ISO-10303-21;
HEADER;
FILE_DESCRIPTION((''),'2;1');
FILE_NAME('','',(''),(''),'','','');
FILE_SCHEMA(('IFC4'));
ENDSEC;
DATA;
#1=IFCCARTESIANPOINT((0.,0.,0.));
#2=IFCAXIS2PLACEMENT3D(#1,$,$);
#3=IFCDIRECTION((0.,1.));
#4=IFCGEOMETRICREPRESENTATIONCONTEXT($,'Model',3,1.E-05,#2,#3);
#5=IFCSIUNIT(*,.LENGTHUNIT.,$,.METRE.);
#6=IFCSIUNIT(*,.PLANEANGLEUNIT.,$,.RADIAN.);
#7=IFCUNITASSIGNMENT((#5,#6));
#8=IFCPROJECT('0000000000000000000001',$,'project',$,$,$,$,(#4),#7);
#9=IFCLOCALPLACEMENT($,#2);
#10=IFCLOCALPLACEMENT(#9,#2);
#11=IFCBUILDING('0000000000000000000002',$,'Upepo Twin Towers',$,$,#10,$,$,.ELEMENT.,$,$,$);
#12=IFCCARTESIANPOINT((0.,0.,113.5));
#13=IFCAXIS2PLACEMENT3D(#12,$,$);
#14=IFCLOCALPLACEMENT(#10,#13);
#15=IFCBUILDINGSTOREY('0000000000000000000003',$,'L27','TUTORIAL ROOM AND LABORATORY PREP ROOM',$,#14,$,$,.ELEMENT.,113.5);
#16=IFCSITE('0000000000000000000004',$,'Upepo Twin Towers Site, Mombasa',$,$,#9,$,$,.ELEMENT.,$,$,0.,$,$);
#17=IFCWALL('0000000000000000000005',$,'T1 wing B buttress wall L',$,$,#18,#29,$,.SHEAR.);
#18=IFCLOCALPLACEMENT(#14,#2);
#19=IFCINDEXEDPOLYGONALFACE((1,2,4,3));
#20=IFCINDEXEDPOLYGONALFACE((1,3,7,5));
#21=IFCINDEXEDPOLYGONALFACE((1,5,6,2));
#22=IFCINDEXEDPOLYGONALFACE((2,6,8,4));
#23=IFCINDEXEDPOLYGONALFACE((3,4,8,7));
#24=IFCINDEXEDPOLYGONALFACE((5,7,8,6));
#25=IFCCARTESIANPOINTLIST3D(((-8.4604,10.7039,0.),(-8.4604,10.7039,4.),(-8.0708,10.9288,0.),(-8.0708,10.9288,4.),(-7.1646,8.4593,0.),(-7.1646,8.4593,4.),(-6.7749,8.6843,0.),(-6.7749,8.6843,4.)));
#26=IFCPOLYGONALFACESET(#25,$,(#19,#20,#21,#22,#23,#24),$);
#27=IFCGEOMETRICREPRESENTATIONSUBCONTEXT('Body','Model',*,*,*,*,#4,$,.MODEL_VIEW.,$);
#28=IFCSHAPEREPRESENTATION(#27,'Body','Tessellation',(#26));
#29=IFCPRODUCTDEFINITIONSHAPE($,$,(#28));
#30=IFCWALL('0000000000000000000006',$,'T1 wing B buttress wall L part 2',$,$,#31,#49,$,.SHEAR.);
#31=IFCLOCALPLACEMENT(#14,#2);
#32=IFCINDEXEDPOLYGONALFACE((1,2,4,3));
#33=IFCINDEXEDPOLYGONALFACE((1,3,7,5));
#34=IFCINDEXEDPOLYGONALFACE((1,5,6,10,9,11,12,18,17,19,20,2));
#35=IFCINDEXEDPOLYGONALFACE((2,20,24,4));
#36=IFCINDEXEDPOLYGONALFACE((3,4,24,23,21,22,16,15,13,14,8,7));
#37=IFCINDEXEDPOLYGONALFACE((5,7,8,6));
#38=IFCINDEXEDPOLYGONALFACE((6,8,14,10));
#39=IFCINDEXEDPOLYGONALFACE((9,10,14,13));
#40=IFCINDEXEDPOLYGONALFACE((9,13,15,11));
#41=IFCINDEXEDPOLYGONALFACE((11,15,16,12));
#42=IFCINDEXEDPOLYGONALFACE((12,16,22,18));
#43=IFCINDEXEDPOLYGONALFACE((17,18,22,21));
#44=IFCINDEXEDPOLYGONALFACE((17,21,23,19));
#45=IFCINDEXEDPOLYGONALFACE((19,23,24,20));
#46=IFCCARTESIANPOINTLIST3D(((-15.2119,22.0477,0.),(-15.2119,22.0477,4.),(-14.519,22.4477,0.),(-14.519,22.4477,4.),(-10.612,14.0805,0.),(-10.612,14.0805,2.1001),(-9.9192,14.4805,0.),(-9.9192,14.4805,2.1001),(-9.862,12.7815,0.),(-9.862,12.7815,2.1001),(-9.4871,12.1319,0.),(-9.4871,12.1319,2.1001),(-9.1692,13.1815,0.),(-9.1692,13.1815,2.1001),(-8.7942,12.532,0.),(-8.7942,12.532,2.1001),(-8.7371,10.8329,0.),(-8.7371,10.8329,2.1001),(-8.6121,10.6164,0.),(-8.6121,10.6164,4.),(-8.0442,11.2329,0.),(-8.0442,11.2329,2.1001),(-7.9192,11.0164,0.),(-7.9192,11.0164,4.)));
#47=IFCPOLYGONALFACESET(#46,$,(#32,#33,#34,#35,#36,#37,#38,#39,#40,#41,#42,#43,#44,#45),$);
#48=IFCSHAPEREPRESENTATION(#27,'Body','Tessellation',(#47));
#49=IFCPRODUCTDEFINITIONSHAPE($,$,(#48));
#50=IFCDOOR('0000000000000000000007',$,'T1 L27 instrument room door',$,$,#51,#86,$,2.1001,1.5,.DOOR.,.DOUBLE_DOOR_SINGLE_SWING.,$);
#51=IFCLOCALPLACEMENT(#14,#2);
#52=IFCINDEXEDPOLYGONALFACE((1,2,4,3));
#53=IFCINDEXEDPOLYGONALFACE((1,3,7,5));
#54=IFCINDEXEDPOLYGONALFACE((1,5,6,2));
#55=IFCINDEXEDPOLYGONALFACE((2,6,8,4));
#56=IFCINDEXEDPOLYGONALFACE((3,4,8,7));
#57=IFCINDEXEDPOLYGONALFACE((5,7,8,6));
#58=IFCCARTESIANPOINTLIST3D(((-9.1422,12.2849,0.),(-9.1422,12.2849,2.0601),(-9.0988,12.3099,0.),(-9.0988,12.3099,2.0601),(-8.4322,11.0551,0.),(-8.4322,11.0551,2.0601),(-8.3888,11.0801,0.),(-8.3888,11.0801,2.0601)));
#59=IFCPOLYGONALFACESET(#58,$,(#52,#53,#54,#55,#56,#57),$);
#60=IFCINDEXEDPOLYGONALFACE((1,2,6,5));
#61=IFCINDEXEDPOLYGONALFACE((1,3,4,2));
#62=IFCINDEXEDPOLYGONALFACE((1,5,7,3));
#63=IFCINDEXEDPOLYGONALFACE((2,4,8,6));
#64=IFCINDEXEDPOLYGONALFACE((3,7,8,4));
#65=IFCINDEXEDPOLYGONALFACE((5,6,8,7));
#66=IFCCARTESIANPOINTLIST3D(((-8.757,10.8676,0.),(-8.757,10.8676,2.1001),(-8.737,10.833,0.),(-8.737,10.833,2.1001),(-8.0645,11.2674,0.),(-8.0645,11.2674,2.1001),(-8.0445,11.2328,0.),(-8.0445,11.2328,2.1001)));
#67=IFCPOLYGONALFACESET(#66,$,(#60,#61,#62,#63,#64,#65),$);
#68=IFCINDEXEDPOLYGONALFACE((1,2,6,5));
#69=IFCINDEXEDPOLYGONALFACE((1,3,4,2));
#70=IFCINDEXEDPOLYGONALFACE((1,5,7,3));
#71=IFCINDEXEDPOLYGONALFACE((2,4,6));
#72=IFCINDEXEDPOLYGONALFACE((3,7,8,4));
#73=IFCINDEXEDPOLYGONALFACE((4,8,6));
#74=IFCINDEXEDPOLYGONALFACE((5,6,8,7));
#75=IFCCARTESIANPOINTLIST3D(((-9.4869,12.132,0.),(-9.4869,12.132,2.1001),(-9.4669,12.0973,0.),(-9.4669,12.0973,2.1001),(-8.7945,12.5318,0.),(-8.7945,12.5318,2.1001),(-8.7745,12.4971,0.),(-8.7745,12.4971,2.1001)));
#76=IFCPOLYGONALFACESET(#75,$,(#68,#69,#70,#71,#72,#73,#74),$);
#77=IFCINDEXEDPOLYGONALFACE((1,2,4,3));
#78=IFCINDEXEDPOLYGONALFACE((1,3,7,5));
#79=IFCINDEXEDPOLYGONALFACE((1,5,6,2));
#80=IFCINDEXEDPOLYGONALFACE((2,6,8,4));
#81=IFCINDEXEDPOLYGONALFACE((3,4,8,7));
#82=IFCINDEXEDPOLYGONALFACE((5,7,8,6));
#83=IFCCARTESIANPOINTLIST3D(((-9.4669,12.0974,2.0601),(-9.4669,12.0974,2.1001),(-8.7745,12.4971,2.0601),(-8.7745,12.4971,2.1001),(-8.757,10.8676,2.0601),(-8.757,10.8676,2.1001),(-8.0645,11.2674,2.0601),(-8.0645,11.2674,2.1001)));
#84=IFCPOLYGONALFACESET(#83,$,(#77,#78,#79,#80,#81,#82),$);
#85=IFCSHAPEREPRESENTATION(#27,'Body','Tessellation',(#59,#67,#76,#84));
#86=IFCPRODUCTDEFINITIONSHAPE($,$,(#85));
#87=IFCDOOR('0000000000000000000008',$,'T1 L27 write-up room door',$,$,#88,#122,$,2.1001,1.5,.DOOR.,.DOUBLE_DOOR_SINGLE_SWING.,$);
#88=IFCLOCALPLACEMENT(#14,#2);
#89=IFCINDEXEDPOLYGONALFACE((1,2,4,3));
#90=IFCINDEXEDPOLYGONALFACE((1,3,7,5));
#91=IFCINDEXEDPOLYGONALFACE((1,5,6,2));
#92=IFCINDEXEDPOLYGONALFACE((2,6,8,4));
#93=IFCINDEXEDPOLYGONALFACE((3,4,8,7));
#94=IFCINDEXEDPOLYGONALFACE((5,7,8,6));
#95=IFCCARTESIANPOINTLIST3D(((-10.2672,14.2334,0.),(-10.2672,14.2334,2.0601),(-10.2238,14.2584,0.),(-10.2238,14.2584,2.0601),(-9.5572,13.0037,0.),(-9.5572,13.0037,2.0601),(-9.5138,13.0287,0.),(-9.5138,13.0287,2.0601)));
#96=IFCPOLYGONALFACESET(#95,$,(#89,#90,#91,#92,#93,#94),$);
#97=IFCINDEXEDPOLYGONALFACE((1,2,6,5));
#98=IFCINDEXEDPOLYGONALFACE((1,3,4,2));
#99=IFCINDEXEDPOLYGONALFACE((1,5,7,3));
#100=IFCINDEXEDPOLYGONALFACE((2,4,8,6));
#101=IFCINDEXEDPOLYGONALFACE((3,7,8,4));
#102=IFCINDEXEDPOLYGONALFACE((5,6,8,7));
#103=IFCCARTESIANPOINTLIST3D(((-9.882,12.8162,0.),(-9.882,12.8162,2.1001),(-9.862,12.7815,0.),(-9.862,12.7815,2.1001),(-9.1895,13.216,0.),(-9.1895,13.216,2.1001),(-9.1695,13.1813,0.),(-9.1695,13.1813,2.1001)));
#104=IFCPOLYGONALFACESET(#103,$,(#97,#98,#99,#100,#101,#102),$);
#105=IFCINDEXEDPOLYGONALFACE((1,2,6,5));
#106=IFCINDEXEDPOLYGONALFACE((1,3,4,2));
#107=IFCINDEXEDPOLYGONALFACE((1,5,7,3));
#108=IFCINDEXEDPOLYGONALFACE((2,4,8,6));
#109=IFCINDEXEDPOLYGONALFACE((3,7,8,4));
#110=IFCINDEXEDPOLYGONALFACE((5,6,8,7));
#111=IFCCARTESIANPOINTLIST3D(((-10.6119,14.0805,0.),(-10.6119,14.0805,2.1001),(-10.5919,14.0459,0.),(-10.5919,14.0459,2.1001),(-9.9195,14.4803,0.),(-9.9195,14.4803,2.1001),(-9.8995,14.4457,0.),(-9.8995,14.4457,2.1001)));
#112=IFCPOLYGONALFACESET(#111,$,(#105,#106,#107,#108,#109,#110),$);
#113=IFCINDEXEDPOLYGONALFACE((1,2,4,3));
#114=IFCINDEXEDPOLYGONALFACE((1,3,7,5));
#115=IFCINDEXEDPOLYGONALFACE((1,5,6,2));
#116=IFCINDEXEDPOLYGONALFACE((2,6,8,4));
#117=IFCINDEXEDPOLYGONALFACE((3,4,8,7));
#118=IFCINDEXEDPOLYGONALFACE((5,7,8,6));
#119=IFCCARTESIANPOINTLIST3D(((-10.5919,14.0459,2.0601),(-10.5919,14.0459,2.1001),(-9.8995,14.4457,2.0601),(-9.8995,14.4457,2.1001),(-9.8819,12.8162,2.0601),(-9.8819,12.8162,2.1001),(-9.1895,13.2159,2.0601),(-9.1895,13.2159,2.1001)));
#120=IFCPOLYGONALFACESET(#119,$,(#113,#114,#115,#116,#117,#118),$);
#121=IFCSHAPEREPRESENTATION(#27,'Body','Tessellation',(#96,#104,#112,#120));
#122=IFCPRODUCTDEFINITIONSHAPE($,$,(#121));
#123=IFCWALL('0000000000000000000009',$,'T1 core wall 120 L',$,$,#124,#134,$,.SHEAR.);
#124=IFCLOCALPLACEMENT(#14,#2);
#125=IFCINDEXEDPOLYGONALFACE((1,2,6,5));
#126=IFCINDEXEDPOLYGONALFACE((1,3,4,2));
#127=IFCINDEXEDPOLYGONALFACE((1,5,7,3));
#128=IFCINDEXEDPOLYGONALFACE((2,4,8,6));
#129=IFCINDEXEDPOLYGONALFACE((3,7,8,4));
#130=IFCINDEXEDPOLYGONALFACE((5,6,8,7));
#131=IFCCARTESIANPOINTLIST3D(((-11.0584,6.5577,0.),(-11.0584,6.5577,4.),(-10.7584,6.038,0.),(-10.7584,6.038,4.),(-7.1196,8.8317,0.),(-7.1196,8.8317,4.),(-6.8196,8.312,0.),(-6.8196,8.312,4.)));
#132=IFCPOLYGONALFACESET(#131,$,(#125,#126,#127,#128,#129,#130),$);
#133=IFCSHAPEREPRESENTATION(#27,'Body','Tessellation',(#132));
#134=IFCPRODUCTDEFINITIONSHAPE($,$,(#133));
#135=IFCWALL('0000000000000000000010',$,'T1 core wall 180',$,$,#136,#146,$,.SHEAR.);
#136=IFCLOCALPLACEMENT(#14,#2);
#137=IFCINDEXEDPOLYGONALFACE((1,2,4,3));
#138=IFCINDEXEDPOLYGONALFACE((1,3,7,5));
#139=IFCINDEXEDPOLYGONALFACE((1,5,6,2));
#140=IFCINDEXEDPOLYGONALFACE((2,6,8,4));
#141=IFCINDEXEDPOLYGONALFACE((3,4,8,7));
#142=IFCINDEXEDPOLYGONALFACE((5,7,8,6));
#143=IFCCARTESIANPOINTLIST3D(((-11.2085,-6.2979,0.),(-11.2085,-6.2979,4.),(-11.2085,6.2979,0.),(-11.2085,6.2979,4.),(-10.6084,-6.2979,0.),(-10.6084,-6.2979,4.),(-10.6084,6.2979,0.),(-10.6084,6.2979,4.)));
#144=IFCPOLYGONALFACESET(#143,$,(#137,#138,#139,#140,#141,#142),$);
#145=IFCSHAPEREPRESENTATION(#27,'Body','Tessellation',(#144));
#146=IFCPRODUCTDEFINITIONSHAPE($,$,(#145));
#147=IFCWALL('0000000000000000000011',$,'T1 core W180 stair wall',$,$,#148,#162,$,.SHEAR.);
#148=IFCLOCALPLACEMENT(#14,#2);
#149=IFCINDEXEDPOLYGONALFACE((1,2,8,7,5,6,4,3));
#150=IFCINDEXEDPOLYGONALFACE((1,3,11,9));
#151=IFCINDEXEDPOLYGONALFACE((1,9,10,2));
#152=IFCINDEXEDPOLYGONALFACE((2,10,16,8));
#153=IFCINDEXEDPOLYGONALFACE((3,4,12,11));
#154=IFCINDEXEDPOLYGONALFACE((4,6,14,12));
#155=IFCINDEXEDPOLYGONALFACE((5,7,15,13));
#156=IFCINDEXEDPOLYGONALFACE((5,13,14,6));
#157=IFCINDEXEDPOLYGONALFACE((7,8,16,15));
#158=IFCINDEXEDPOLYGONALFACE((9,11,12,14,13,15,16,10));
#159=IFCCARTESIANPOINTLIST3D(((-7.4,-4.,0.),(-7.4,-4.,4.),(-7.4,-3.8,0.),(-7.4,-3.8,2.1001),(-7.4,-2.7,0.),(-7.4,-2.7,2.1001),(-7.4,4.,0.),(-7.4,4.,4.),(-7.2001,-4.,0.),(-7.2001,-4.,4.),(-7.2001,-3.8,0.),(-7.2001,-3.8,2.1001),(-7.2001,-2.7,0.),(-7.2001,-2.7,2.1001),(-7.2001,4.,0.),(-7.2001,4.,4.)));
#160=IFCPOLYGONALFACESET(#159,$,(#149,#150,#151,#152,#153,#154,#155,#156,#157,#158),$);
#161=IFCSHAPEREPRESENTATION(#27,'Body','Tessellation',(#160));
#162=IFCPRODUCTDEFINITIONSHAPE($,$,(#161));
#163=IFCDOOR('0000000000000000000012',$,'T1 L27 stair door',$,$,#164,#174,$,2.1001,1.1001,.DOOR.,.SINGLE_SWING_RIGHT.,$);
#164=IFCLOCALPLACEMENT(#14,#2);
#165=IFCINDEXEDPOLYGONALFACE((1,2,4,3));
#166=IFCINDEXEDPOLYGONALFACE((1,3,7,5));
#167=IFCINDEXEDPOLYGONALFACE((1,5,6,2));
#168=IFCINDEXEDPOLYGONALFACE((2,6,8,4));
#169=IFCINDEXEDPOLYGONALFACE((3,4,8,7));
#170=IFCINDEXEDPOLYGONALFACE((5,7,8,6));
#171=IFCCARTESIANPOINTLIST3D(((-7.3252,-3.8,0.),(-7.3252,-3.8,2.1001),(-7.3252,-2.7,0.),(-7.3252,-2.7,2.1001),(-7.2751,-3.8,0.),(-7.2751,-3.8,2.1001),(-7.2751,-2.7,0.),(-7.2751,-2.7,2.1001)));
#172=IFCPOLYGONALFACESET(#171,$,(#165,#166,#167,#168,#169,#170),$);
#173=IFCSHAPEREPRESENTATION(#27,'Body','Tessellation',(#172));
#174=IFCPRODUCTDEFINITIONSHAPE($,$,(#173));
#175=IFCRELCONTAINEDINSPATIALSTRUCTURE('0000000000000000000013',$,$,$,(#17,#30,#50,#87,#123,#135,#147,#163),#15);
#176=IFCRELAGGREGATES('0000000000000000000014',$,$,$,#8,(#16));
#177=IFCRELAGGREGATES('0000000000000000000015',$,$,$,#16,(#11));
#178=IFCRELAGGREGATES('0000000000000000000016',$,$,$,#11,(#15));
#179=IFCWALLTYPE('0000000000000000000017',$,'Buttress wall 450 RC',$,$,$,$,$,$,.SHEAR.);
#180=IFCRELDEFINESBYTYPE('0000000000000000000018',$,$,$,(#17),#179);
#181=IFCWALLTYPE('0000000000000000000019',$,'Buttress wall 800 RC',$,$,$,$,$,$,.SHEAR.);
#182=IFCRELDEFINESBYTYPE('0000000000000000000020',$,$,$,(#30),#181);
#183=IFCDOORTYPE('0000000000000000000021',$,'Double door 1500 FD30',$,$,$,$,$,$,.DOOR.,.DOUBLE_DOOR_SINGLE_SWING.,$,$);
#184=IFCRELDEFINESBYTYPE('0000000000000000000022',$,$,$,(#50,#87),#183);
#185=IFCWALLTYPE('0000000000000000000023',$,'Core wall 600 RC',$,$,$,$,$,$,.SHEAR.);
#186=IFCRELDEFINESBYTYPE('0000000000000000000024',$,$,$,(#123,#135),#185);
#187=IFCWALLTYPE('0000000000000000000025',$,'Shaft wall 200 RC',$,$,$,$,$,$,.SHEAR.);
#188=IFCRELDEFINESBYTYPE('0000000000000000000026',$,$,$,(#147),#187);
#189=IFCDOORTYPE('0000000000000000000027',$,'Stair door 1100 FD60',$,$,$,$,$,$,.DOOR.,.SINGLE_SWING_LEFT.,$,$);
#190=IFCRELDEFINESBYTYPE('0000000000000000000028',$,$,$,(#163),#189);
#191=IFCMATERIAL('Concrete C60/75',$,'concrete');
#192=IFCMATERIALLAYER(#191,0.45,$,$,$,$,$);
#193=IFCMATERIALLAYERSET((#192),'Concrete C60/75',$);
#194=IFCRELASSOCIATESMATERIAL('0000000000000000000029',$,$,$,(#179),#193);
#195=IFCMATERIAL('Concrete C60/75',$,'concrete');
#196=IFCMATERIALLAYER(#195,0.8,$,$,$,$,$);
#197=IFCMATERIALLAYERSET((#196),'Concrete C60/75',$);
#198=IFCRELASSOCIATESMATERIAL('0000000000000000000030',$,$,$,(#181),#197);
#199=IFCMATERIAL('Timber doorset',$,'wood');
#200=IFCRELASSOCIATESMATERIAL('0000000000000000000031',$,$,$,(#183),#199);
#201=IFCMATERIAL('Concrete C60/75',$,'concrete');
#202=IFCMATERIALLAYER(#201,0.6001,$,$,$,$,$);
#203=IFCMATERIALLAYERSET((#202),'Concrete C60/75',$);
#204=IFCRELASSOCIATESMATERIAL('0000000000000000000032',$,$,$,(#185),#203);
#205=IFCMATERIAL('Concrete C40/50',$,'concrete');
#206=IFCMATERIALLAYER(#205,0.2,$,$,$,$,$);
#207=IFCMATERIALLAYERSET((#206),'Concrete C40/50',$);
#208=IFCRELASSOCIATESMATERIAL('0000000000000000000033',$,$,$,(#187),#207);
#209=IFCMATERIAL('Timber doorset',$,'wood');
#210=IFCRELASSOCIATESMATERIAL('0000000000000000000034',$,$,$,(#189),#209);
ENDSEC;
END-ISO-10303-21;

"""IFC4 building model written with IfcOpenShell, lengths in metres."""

from ifc_helpers import new_model, si_unit, direction, frame, frame_2d, origin, place, context, subcontext, project, spatial, rectangle, extrude, material, layer, layer_set, type_object, element, fill, save


model = new_model("IFC4")

# Units and contexts
model_context = context("Model", 3, precision=1e-05, world=origin(), true_north=direction((0.0, 1.0)))
body_context = subcontext(model_context, "Body", "Model", "MODEL_VIEW")
ifc_project = project(units=[si_unit("LENGTHUNIT", "METRE"), si_unit("PLANEANGLEUNIT", "RADIAN")], contexts=[model_context])

# Site, building, storey
site_placement = place(None, origin())
site = spatial("IfcSite", under=ifc_project, at=site_placement, Name="Upepo Twin Towers Site, Mombasa", CompositionType="ELEMENT", RefElevation=0.0)
building_placement = place(site_placement, origin())
building = spatial("IfcBuilding", under=site, at=building_placement, Name="Upepo Twin Towers", CompositionType="ELEMENT")
storey_placement = place(building_placement, frame((0.0, 0.0, 113.5)))
storey = spatial("IfcBuildingStorey", under=building, at=storey_placement, Name="L27", Description="TUTORIAL ROOM AND LABORATORY PREP ROOM", CompositionType="ELEMENT", Elevation=113.5)

# Wall
ifc_material_1 = material(Name="Concrete C60/75", Category="concrete")
ifc_layer_1 = layer(ifc_material_1, 0.45)
ifc_layer_set_1 = layer_set([ifc_layer_1], Name="Concrete C60/75")
wall_type_1 = type_object("IfcWallType", Name="Buttress wall 450 RC", PredefinedType="SHEAR", material=ifc_layer_set_1)
wall_1_placement = place(storey_placement, frame((-6.9697, 8.5718, 0.0), z_axis=(0.0, 0.0, 1.0), x_axis=(-0.499989, 0.866032, 0.0)))
element("IfcWall", 1, at=wall_1_placement, inside=storey, type_object=wall_type_1, Name="T1 wing B buttress wall L", PredefinedType="SHEAR", context=body_context, shape_type="SweptSolid", body=[
    extrude(rectangle(XDim=2.5918, YDim=0.45, at=frame_2d((1.2959, 0.0))), origin(), (0.0, 0.0, 1.0), 4.0),
])

# Wall, openings, doors
ifc_material_2 = material(Name="Concrete C60/75", Category="concrete")
ifc_layer_2 = layer(ifc_material_2, 0.8)
ifc_layer_set_2 = layer_set([ifc_layer_2], Name="Concrete C60/75")
wall_type_2 = type_object("IfcWallType", Name="Buttress wall 800 RC", PredefinedType="SHEAR", material=ifc_layer_set_2)
wall_2_placement = place(storey_placement, frame((-8.2656, 10.8164, 0.0), z_axis=(0.0, 0.0, 1.0), x_axis=(-0.499996, 0.866028, 0.0)))
wall_2 = element("IfcWall", 2, at=wall_2_placement, inside=storey, type_object=wall_type_2, Name="T1 wing B buttress wall L part 2", PredefinedType="SHEAR", context=body_context, shape_type="SweptSolid", body=[
    extrude(rectangle(XDim=13.1997, YDim=0.8, at=frame_2d((6.5999, 0.0))), origin(), (0.0, 0.0, 1.0), 4.0),
])
opening_1_placement = place(wall_2_placement, frame((0.25, 0.0, 0.0)))
opening_1 = element("IfcOpeningElement", 3, at=opening_1_placement, cuts=wall_2, PredefinedType="OPENING", context=body_context, shape_type="SweptSolid", body=[
    extrude(rectangle(XDim=1.5, YDim=2.1001, at=frame_2d((0.75, 1.05))), frame((0.0, 0.4099, 0.0), z_axis=(0.0, -1.0, 0.0), x_axis=(1.0, 0.0, 0.0)), (0.0, 0.0, 1.0), 0.8201),
])
opening_2_placement = place(wall_2_placement, frame((2.5, 0.0, 0.0)))
opening_2 = element("IfcOpeningElement", 4, at=opening_2_placement, cuts=wall_2, PredefinedType="OPENING", context=body_context, shape_type="SweptSolid", body=[
    extrude(rectangle(XDim=1.5, YDim=2.1001, at=frame_2d((0.75, 1.05))), frame((0.0, 0.4099, 0.0), z_axis=(0.0, -1.0, 0.0), x_axis=(1.0, 0.0, 0.0)), (0.0, 0.0, 1.0), 0.8201),
])
ifc_material_3 = material(Name="Timber doorset", Category="wood")
door_type_1 = type_object("IfcDoorType", Name="Double door 1500 FD30", OperationType="DOUBLE_DOOR_SINGLE_SWING", PredefinedType="DOOR", material=ifc_material_3)
door_1_placement = place(opening_1_placement, origin())
door_1 = element("IfcDoor", 5, at=door_1_placement, inside=storey, type_object=door_type_1, Name="T1 L27 instrument room door", OperationType="DOUBLE_DOOR_SINGLE_SWING", OverallHeight=2.1001, OverallWidth=1.5, PredefinedType="DOOR", context=body_context, shape_type="SweptSolid", body=[
    extrude(rectangle(XDim=1.42, YDim=2.0601, at=frame_2d((0.75, 1.03))), frame((0.0, 0.0249, 0.0), z_axis=(0.0, -1.0, 0.0), x_axis=(1.0, 0.0, 0.0)), (0.0, 0.0, 1.0), 0.05),
    extrude(rectangle(XDim=0.04, YDim=2.1001, at=frame_2d((0.02, 1.05))), frame((0.0, 0.3999, 0.0), z_axis=(0.0, -1.0, 0.0), x_axis=(1.0, 0.0, 0.0)), (0.0, 0.0, 1.0), 0.7996),
    extrude(rectangle(XDim=0.04, YDim=2.1001, at=frame_2d((1.48, 1.05))), frame((0.0, 0.3999, 0.0), z_axis=(0.0, -1.0, 0.0), x_axis=(1.0, 0.0, 0.0)), (0.0, 0.0, 1.0), 0.7996),
    extrude(rectangle(XDim=1.42, YDim=0.04, at=frame_2d((0.75, 2.0801))), frame((0.0, 0.3999, 0.0), z_axis=(0.0, -1.0, 0.0), x_axis=(1.0, 0.0, 0.0)), (0.0, 0.0, 1.0), 0.7996),
])
fill(opening_1, door_1)
door_2_placement = place(opening_2_placement, origin())
door_2 = element("IfcDoor", 6, at=door_2_placement, inside=storey, type_object=door_type_1, Name="T1 L27 write-up room door", OperationType="DOUBLE_DOOR_SINGLE_SWING", OverallHeight=2.1001, OverallWidth=1.5, PredefinedType="DOOR", context=body_context, shape_type="SweptSolid", body=[
    extrude(rectangle(XDim=1.42, YDim=2.0601, at=frame_2d((0.75, 1.03))), frame((0.0, 0.0249, 0.0), z_axis=(0.0, -1.0, 0.0), x_axis=(1.0, 0.0, 0.0)), (0.0, 0.0, 1.0), 0.05),
    extrude(rectangle(XDim=0.04, YDim=2.1001, at=frame_2d((0.02, 1.05))), frame((0.0, 0.3999, 0.0), z_axis=(0.0, -1.0, 0.0), x_axis=(1.0, 0.0, 0.0)), (0.0, 0.0, 1.0), 0.7996),
    extrude(rectangle(XDim=0.04, YDim=2.1001, at=frame_2d((1.48, 1.05))), frame((0.0, 0.3999, 0.0), z_axis=(0.0, -1.0, 0.0), x_axis=(1.0, 0.0, 0.0)), (0.0, 0.0, 1.0), 0.7996),
    extrude(rectangle(XDim=1.42, YDim=0.04, at=frame_2d((0.75, 2.0801))), frame((0.0, 0.3999, 0.0), z_axis=(0.0, -1.0, 0.0), x_axis=(1.0, 0.0, 0.0)), (0.0, 0.0, 1.0), 0.7996),
])
fill(opening_2, door_2)

# Walls
ifc_material_4 = material(Name="Concrete C60/75", Category="concrete")
ifc_layer_3 = layer(ifc_material_4, 0.6001)
ifc_layer_set_3 = layer_set([ifc_layer_3], Name="Concrete C60/75")
wall_type_3 = type_object("IfcWallType", Name="Core wall 600 RC", PredefinedType="SHEAR", material=ifc_layer_set_3)
wall_3_placement = place(storey_placement, frame((-6.9697, 8.5718, 0.0), z_axis=(0.0, 0.0, 1.0), x_axis=(-0.866035, -0.499984, 0.0)))
element("IfcWall", 7, at=wall_3_placement, inside=storey, type_object=wall_type_3, Name="T1 core wall 120 L", PredefinedType="SHEAR", context=body_context, shape_type="SweptSolid", body=[
    extrude(rectangle(XDim=4.5481, YDim=0.6001, at=frame_2d((2.2739, 0.0))), origin(), (0.0, 0.0, 1.0), 4.0),
])
wall_4_placement = place(storey_placement, frame((-10.9084, 6.2979, 0.0), z_axis=(0.0, 0.0, 1.0), x_axis=(0.0, -1.0, 0.0)))
element("IfcWall", 8, at=wall_4_placement, inside=storey, type_object=wall_type_3, Name="T1 core wall 180", PredefinedType="SHEAR", context=body_context, shape_type="SweptSolid", body=[
    extrude(rectangle(XDim=12.5957, YDim=0.6001, at=frame_2d((6.2979, 0.0))), origin(), (0.0, 0.0, 1.0), 4.0),
])

# Wall, opening, door
ifc_material_5 = material(Name="Concrete C40/50", Category="concrete")
ifc_layer_4 = layer(ifc_material_5, 0.2)
ifc_layer_set_4 = layer_set([ifc_layer_4], Name="Concrete C40/50")
wall_type_4 = type_object("IfcWallType", Name="Shaft wall 200 RC", PredefinedType="SHEAR", material=ifc_layer_set_4)
wall_5_placement = place(storey_placement, frame((-7.3, 4.0, 0.0), z_axis=(0.0, 0.0, 1.0), x_axis=(0.0, -1.0, 0.0)))
wall_5 = element("IfcWall", 9, at=wall_5_placement, inside=storey, type_object=wall_type_4, Name="T1 core W180 stair wall", PredefinedType="SHEAR", context=body_context, shape_type="SweptSolid", body=[
    extrude(rectangle(XDim=8.0, YDim=0.2, at=frame_2d((4.0, 0.0))), origin(), (0.0, 0.0, 1.0), 4.0),
])
opening_3_placement = place(wall_5_placement, frame((6.7, 0.0, 0.0)))
opening_3 = element("IfcOpeningElement", 10, at=opening_3_placement, cuts=wall_5, PredefinedType="OPENING", context=body_context, shape_type="SweptSolid", body=[
    extrude(rectangle(XDim=1.1001, YDim=2.1001, at=frame_2d((0.55, 1.05))), frame((0.0, 0.1099, 0.0), z_axis=(0.0, -1.0, 0.0), x_axis=(1.0, 0.0, 0.0)), (0.0, 0.0, 1.0), 0.22),
])
ifc_material_6 = material(Name="Timber doorset", Category="wood")
door_type_2 = type_object("IfcDoorType", Name="Stair door 1100 FD60", OperationType="SINGLE_SWING_LEFT", PredefinedType="DOOR", material=ifc_material_6)
door_3_placement = place(opening_3_placement, origin())
door_3 = element("IfcDoor", 11, at=door_3_placement, inside=storey, type_object=door_type_2, Name="T1 L27 stair door", OperationType="SINGLE_SWING_RIGHT", OverallHeight=2.1001, OverallWidth=1.1001, PredefinedType="DOOR", context=body_context, shape_type="SweptSolid", body=[
    extrude(rectangle(XDim=1.1001, YDim=2.1001, at=frame_2d((0.55, 1.05))), frame((0.0, 0.0249, 0.0), z_axis=(0.0, -1.0, 0.0), x_axis=(1.0, 0.0, 0.0)), (0.0, 0.0, 1.0), 0.05),
])
fill(opening_3, door_3)

save(model, "model.ifc")
